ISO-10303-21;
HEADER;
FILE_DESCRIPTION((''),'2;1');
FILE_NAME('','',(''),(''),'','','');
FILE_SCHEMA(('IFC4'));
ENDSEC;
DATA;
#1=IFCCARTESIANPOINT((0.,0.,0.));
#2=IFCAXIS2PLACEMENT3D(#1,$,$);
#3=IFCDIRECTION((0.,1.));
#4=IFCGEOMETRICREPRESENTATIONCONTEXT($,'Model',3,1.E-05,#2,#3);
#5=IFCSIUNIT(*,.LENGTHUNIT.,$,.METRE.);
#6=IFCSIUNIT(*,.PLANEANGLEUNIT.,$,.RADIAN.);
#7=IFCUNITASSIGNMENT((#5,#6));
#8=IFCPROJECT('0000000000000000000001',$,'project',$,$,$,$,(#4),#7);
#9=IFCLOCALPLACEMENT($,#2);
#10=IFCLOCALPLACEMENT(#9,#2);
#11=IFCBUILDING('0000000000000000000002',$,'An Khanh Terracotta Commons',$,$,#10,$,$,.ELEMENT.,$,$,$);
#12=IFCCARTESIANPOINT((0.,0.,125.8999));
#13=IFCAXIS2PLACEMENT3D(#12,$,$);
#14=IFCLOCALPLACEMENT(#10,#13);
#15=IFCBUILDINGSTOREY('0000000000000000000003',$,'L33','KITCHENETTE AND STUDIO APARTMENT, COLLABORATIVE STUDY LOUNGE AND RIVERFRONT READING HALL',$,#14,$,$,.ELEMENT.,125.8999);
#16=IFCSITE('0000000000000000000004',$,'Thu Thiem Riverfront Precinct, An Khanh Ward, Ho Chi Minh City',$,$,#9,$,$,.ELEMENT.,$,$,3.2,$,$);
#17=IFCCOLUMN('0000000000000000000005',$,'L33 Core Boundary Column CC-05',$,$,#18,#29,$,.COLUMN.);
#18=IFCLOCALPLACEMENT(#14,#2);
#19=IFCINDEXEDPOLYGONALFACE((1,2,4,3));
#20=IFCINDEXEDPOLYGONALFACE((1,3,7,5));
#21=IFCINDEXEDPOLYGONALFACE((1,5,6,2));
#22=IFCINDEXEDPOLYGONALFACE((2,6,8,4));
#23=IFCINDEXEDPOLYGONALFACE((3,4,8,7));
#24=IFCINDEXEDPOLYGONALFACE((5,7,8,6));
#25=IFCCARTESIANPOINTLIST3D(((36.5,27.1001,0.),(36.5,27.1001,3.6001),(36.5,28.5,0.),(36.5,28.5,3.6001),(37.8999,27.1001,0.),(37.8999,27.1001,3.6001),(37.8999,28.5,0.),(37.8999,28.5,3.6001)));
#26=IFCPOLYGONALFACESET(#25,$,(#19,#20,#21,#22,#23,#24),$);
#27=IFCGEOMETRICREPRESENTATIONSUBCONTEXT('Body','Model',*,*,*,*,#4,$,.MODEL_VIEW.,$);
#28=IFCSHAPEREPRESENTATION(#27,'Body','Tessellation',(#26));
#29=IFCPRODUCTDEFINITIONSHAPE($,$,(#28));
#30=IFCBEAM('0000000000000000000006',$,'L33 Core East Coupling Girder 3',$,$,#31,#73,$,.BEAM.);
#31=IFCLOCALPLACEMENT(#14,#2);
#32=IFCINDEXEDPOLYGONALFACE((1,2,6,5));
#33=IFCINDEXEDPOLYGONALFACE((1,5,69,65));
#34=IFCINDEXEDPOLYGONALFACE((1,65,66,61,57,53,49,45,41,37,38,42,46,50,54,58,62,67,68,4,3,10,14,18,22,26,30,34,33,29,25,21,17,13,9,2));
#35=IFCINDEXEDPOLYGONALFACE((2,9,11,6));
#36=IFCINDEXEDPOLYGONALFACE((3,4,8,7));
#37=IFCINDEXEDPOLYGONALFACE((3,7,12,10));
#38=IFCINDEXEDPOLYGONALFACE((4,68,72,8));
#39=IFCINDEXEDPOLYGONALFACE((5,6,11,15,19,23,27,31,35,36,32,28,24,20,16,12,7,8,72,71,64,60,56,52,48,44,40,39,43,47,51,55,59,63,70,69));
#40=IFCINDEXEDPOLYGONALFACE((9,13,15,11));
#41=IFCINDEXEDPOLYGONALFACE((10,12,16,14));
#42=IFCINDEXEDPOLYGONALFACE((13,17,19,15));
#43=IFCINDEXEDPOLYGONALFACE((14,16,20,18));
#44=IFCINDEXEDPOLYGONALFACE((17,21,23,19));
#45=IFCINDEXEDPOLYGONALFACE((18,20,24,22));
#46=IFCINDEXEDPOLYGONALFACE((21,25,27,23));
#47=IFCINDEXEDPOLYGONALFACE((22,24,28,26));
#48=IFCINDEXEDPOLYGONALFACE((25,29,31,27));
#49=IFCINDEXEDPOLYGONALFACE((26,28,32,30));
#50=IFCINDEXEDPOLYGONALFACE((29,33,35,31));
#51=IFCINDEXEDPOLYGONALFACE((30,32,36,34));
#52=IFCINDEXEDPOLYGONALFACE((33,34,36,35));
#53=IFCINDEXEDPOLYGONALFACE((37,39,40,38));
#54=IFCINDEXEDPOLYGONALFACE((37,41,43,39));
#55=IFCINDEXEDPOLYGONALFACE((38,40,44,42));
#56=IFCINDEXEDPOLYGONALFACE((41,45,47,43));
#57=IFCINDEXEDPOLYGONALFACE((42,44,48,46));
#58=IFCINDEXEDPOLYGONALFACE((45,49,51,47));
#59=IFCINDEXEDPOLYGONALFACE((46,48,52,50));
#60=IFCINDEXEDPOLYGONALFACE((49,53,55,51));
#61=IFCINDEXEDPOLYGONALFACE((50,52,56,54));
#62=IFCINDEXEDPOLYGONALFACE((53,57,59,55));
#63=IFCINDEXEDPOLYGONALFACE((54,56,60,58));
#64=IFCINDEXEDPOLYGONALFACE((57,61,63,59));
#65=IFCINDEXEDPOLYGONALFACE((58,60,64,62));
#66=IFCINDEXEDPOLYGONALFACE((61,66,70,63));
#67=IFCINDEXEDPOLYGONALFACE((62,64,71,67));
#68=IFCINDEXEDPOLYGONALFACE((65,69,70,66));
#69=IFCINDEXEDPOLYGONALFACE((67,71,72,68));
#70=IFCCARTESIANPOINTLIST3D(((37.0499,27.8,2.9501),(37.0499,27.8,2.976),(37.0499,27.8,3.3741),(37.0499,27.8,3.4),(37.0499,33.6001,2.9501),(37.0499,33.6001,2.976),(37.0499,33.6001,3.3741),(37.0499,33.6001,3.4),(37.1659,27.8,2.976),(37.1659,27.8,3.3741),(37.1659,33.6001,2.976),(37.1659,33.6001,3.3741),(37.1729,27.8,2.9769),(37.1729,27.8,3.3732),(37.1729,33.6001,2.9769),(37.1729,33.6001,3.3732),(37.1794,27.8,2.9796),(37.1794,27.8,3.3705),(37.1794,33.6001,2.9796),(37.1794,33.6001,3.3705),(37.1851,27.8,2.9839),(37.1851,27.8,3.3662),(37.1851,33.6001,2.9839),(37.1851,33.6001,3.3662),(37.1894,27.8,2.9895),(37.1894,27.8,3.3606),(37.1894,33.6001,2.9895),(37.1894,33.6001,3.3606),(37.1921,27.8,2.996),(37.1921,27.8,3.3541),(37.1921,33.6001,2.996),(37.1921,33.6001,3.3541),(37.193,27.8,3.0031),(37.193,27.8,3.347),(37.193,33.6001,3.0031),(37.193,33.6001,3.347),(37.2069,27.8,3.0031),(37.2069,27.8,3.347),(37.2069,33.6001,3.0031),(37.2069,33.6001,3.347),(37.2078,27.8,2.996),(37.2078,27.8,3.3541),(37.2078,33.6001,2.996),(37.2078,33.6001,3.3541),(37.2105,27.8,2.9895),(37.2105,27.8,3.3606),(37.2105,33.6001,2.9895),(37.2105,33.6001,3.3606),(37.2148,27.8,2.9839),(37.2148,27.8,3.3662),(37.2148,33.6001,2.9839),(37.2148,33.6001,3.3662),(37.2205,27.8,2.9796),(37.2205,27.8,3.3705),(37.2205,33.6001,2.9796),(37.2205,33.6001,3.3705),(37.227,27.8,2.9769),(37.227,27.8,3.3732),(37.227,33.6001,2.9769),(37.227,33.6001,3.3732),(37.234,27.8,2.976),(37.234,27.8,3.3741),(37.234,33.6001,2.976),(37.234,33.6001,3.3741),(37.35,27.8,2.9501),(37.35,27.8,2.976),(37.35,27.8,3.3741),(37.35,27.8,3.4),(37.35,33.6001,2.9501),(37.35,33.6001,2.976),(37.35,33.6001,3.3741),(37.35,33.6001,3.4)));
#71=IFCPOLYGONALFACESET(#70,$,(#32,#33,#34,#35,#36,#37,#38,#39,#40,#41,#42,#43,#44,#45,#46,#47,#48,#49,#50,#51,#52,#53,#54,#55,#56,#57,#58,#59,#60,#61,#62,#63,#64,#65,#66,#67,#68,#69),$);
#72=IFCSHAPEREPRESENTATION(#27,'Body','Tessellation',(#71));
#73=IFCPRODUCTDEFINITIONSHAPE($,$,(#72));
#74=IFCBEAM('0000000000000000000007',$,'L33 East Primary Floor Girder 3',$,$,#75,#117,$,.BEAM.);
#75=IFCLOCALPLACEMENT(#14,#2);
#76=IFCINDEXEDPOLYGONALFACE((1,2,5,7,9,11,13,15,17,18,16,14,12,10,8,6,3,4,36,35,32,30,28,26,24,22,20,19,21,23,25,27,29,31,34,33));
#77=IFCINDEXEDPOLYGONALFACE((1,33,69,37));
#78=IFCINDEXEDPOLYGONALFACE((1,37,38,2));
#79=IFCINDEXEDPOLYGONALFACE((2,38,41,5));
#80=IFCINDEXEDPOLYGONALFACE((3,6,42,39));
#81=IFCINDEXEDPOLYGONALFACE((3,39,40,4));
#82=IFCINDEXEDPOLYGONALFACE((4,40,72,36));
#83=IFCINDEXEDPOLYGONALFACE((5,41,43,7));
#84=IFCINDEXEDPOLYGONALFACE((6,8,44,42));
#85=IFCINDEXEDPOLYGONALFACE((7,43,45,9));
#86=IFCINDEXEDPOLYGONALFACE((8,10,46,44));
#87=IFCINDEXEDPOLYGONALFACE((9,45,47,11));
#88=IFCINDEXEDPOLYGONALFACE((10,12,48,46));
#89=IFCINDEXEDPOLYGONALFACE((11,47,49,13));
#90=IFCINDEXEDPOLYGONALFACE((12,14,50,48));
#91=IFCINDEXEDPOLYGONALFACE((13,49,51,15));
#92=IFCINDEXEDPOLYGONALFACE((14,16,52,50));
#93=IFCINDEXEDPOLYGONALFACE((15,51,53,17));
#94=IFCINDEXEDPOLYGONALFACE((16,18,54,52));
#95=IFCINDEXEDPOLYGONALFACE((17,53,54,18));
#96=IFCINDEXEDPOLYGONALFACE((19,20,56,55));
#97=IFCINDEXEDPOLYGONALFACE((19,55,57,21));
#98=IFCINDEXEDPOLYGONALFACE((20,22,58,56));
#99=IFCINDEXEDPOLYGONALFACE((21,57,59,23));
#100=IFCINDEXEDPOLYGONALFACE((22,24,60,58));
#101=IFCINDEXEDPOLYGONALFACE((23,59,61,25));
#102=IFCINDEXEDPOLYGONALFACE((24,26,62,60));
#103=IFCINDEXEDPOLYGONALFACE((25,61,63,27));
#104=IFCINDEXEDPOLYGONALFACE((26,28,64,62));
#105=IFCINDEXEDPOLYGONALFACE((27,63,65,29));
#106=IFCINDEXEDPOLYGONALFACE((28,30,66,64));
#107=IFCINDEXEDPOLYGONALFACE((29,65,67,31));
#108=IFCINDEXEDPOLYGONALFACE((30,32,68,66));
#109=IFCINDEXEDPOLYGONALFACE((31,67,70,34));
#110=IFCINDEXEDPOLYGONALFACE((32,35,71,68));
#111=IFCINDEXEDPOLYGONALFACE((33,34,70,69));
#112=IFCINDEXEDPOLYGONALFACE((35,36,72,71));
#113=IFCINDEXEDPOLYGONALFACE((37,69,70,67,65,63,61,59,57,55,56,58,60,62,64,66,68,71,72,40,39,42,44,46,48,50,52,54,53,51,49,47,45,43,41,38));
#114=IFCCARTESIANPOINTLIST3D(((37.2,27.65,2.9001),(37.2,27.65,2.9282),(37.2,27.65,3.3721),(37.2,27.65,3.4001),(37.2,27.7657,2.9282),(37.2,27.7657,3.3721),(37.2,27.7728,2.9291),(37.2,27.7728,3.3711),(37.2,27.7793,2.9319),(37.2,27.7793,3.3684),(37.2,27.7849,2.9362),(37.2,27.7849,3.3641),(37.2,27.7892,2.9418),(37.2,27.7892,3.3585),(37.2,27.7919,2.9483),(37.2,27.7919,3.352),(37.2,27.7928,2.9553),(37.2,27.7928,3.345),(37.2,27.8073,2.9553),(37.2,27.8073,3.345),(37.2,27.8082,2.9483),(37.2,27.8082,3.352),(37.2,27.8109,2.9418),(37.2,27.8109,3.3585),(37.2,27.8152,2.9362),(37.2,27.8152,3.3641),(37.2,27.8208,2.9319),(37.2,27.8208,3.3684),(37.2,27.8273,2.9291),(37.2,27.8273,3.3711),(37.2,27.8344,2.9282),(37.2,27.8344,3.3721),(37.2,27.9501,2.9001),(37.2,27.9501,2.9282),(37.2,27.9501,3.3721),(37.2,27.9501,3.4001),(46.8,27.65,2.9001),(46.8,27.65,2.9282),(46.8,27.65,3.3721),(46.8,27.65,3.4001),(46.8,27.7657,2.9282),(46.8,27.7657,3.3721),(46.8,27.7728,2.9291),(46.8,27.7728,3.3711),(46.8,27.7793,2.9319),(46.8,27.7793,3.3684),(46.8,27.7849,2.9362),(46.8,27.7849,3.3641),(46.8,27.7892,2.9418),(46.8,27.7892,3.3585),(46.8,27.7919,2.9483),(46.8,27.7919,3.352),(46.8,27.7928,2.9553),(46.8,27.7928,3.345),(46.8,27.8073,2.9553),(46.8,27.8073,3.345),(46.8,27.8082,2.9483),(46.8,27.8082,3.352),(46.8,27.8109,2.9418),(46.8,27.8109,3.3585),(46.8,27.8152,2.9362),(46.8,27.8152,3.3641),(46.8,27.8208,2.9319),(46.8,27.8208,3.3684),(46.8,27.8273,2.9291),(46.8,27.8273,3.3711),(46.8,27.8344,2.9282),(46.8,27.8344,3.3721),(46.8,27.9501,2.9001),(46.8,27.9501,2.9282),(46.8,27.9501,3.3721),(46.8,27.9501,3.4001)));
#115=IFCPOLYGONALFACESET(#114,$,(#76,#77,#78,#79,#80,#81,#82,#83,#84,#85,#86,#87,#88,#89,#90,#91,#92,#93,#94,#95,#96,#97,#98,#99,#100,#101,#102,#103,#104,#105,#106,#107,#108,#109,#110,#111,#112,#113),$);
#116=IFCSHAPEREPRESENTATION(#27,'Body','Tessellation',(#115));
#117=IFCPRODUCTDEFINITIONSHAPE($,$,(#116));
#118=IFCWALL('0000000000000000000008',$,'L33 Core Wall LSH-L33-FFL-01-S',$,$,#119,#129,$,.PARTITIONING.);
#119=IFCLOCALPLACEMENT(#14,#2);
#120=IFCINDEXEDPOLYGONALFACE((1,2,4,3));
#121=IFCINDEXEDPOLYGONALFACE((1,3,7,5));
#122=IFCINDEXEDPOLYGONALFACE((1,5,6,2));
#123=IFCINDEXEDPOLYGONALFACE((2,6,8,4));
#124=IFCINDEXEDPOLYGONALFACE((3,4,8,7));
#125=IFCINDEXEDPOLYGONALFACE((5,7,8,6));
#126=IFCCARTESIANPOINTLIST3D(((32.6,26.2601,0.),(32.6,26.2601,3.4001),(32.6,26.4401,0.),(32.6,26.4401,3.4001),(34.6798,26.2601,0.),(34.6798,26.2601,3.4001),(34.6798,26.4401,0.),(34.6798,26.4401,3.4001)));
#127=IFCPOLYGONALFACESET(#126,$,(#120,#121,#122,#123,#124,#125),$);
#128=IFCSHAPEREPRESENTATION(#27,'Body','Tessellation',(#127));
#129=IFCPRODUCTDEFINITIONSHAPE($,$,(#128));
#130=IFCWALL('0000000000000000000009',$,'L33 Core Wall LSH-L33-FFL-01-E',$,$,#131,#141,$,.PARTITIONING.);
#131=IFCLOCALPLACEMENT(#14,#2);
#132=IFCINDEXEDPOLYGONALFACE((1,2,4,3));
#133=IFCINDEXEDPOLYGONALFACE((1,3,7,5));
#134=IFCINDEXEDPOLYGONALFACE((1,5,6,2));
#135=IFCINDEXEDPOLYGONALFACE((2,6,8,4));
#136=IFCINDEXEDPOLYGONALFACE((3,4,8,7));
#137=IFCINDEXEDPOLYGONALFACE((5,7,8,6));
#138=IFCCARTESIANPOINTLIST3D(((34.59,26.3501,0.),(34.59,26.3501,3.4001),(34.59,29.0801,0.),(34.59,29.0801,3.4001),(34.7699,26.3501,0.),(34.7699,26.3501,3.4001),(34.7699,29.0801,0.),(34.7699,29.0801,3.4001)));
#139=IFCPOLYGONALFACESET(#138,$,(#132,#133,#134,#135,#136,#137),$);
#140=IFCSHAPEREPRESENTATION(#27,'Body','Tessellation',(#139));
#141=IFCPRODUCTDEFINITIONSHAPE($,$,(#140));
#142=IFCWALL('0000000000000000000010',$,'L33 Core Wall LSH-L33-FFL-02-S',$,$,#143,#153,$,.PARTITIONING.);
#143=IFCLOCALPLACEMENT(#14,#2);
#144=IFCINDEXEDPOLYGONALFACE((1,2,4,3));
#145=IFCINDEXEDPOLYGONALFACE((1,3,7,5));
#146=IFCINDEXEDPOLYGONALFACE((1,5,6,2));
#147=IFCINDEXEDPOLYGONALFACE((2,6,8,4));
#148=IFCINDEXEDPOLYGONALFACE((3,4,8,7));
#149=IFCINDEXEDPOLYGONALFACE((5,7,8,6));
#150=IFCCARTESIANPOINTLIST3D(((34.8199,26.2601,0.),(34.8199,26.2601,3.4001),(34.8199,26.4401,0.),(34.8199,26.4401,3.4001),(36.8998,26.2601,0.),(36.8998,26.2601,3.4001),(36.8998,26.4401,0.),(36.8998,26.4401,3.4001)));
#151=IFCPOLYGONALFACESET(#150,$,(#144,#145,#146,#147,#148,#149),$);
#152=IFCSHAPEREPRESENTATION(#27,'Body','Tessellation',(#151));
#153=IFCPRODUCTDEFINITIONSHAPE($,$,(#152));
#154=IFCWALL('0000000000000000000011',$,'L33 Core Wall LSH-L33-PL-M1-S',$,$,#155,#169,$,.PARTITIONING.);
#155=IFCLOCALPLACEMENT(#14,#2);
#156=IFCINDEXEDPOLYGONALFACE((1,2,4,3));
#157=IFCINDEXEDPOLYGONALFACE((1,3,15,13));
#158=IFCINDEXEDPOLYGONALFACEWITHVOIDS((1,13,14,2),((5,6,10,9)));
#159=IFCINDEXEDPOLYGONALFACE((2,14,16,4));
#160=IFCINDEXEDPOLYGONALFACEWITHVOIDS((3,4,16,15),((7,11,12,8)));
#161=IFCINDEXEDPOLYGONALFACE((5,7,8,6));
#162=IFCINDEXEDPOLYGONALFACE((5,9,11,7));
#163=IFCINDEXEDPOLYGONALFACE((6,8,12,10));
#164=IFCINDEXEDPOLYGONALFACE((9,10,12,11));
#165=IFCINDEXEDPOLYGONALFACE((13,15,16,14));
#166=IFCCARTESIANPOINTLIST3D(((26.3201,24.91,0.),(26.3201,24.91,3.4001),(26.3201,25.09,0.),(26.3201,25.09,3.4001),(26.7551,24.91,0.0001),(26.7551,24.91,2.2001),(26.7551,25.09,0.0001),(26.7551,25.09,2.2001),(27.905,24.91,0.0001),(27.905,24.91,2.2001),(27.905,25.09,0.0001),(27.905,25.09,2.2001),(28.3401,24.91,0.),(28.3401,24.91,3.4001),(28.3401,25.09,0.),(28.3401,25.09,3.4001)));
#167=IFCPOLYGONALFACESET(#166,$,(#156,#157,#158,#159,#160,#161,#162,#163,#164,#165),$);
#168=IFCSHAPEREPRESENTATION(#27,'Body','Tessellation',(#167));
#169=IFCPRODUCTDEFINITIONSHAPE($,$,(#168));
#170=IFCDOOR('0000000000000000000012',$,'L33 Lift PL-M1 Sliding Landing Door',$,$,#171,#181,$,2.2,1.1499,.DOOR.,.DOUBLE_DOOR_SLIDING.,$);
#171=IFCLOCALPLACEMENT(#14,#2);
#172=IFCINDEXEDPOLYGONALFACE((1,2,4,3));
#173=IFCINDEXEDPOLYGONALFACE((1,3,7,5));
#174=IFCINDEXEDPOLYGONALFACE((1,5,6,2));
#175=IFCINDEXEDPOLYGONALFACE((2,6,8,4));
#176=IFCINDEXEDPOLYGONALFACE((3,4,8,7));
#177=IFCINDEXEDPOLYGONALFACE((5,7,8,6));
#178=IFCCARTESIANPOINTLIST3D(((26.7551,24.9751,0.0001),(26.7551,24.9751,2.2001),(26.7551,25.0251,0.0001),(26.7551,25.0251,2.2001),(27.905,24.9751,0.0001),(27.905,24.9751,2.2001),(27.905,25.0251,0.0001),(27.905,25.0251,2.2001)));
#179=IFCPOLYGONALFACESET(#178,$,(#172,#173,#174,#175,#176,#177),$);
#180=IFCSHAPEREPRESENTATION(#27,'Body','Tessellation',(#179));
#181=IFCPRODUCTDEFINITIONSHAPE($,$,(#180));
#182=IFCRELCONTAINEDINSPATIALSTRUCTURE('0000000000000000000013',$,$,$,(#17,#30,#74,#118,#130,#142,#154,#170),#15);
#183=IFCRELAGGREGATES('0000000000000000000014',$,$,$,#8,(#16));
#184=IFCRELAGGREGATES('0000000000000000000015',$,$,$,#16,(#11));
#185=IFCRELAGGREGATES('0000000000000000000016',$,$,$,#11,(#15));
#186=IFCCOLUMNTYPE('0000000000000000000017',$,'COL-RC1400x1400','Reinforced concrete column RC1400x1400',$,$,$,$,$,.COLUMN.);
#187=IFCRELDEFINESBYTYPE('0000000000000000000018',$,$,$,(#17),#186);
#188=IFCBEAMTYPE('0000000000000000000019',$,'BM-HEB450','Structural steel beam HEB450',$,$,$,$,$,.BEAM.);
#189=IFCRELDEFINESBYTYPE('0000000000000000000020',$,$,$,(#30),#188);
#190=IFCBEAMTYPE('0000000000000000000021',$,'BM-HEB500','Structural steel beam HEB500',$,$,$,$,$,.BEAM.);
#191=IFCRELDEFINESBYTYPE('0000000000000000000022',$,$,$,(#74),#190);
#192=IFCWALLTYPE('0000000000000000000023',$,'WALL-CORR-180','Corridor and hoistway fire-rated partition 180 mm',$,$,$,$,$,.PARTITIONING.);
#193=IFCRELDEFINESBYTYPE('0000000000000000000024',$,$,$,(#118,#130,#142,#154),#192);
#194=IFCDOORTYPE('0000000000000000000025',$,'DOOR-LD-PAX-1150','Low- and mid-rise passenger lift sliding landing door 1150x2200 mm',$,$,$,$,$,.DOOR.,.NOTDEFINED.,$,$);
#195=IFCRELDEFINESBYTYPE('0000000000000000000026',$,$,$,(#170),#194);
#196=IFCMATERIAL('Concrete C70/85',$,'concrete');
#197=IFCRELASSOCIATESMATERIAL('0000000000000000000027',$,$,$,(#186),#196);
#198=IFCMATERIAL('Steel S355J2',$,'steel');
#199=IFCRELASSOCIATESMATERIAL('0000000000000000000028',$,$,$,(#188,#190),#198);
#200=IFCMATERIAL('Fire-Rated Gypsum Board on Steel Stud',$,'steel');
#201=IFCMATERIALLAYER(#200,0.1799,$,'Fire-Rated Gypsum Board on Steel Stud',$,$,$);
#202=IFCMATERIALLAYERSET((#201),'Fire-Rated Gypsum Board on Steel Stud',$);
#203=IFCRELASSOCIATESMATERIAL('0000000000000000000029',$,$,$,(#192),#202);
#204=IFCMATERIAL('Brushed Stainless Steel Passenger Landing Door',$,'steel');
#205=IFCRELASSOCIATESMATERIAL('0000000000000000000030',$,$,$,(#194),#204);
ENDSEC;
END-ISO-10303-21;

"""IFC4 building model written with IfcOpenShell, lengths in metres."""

from ifc_helpers import new_model, si_unit, direction, frame, frame_2d, origin, origin_2d, place, context, subcontext, project, spatial, rectangle, i_section, extrude, material, layer, layer_set, material_profile, profile_set, type_object, element, fill, save


model = new_model("IFC4")

# Units and contexts
model_context = context("Model", 3, precision=1e-05, world=origin(), true_north=direction((0.0, 1.0)))
body_context = subcontext(model_context, "Body", "Model", "MODEL_VIEW")
ifc_project = project(units=[si_unit("LENGTHUNIT", "METRE"), si_unit("PLANEANGLEUNIT", "RADIAN")], contexts=[model_context])

# Site, building, storey
site_placement = place(None, origin())
site = spatial("IfcSite", under=ifc_project, at=site_placement, Name="Thu Thiem Riverfront Precinct, An Khanh Ward, Ho Chi Minh City", CompositionType="ELEMENT", RefElevation=3.2)
building_placement = place(site_placement, origin())
building = spatial("IfcBuilding", under=site, at=building_placement, Name="An Khanh Terracotta Commons", CompositionType="ELEMENT")
storey_placement = place(building_placement, frame((0.0, 0.0, 125.8999)))
storey = spatial("IfcBuildingStorey", under=building, at=storey_placement, Name="L33", Description="KITCHENETTE AND STUDIO APARTMENT, COLLABORATIVE STUDY LOUNGE AND RIVERFRONT READING HALL", CompositionType="ELEMENT", Elevation=125.8999)

# Column
ifc_material_1 = material(Name="Concrete C70/85", Category="concrete")
ifc_material_profile_1 = material_profile(ifc_material_1, rectangle(XDim=1.3999, YDim=1.3999, at=origin_2d()), Name="RC1400x1400")
ifc_profile_set_1 = profile_set([ifc_material_profile_1], Name="Concrete C70/85")
column_type = type_object("IfcColumnType", Name="COL-RC1400x1400", Description="Reinforced concrete column RC1400x1400", PredefinedType="COLUMN", material=ifc_profile_set_1)
column_placement = place(storey_placement, frame((37.2, 27.8, 0.0), z_axis=(0.0, 0.0, 1.0), x_axis=(1.0, 0.0, 0.0)))
element("IfcColumn", 1, at=column_placement, inside=storey, type_object=column_type, Name="L33 Core Boundary Column CC-05", PredefinedType="COLUMN", context=body_context, shape_type="SweptSolid", body=[
    extrude(rectangle(XDim=1.3999, YDim=1.3999, at=origin_2d()), origin(), (0.0, 0.0, 1.0), 3.6001),
])

# Beams
ifc_material_2 = material(Name="Steel S355J2", Category="steel")
ifc_material_profile_2 = material_profile(ifc_material_2, i_section(OverallWidth=0.3, OverallDepth=0.45, WebThickness=0.0139, FlangeThickness=0.0259, FilletRadius=0.0271, at=origin_2d()), Name="HEB450")
ifc_profile_set_2 = profile_set([ifc_material_profile_2], Name="Steel S355J2")
beam_type_1 = type_object("IfcBeamType", Name="BM-HEB450", Description="Structural steel beam HEB450", PredefinedType="BEAM", material=ifc_profile_set_2)
beam_1_placement = place(storey_placement, frame((37.2, 27.8, 3.175), z_axis=(0.0, 1.0, 0.0), x_axis=(-1.0, 0.0, 0.0)))
element("IfcBeam", 2, at=beam_1_placement, inside=storey, type_object=beam_type_1, Name="L33 Core East Coupling Girder 3", PredefinedType="BEAM", context=body_context, shape_type="SweptSolid", body=[
    extrude(i_section(OverallWidth=0.3, OverallDepth=0.45, WebThickness=0.0139, FlangeThickness=0.0259, FilletRadius=0.0271, at=origin_2d()), origin(), (0.0, 0.0, 1.0), 5.8),
])
ifc_material_profile_3 = material_profile(ifc_material_2, i_section(OverallWidth=0.3, OverallDepth=0.5, WebThickness=0.0144, FlangeThickness=0.0281, FilletRadius=0.0271, at=origin_2d()), Name="HEB500")
ifc_profile_set_3 = profile_set([ifc_material_profile_3], Name="Steel S355J2")
beam_type_2 = type_object("IfcBeamType", Name="BM-HEB500", Description="Structural steel beam HEB500", PredefinedType="BEAM", material=ifc_profile_set_3)
beam_2_placement = place(storey_placement, frame((37.2, 27.8, 3.1501), z_axis=(1.0, 0.0, 0.0), x_axis=(0.0, 1.0, 0.0)))
element("IfcBeam", 3, at=beam_2_placement, inside=storey, type_object=beam_type_2, Name="L33 East Primary Floor Girder 3", PredefinedType="BEAM", context=body_context, shape_type="SweptSolid", body=[
    extrude(i_section(OverallWidth=0.3, OverallDepth=0.5, WebThickness=0.0144, FlangeThickness=0.0281, FilletRadius=0.0271, at=origin_2d()), origin(), (0.0, 0.0, 1.0), 9.6001),
])

# Walls
ifc_material_3 = material(Name="Fire-Rated Gypsum Board on Steel Stud", Category="steel")
ifc_layer_1 = layer(ifc_material_3, 0.1799, Name="Fire-Rated Gypsum Board on Steel Stud")
ifc_layer_set_1 = layer_set([ifc_layer_1], Name="Fire-Rated Gypsum Board on Steel Stud")
wall_type_1 = type_object("IfcWallType", Name="WALL-CORR-180", Description="Corridor and hoistway fire-rated partition 180 mm", PredefinedType="PARTITIONING", material=ifc_layer_set_1)
wall_1_placement = place(storey_placement, frame((34.6799, 26.3501, 0.0), z_axis=(0.0, 0.0, 1.0), x_axis=(-1.0, 0.0, 0.0)))
element("IfcWall", 4, at=wall_1_placement, inside=storey, type_object=wall_type_1, Name="L33 Core Wall LSH-L33-FFL-01-S", PredefinedType="PARTITIONING", context=body_context, shape_type="SweptSolid", body=[
    extrude(rectangle(XDim=2.0798, YDim=0.1799, at=frame_2d((1.04, 0.0))), origin(), (0.0, 0.0, 1.0), 3.4001),
])
wall_2_placement = place(storey_placement, frame((34.6799, 26.3501, 0.0), z_axis=(0.0, 0.0, 1.0), x_axis=(0.0, 1.0, 0.0)))
element("IfcWall", 5, at=wall_2_placement, inside=storey, type_object=wall_type_1, Name="L33 Core Wall LSH-L33-FFL-01-E", PredefinedType="PARTITIONING", context=body_context, shape_type="SweptSolid", body=[
    extrude(rectangle(XDim=2.73, YDim=0.1799, at=frame_2d((1.365, 0.0))), origin(), (0.0, 0.0, 1.0), 3.4001),
])
wall_3_placement = place(storey_placement, frame((36.8999, 26.3501, 0.0), z_axis=(0.0, 0.0, 1.0), x_axis=(-1.0, 0.0, 0.0)))
element("IfcWall", 6, at=wall_3_placement, inside=storey, type_object=wall_type_1, Name="L33 Core Wall LSH-L33-FFL-02-S", PredefinedType="PARTITIONING", context=body_context, shape_type="SweptSolid", body=[
    extrude(rectangle(XDim=2.0798, YDim=0.1799, at=frame_2d((1.04, 0.0))), origin(), (0.0, 0.0, 1.0), 3.4001),
])

# Wall, opening, door
wall_4_placement = place(storey_placement, frame((28.3401, 25.0, 0.0), z_axis=(0.0, 0.0, 1.0), x_axis=(-1.0, 0.0, 0.0)))
wall_4 = element("IfcWall", 7, at=wall_4_placement, inside=storey, type_object=wall_type_1, Name="L33 Core Wall LSH-L33-PL-M1-S", PredefinedType="PARTITIONING", context=body_context, shape_type="SweptSolid", body=[
    extrude(rectangle(XDim=2.02, YDim=0.1799, at=frame_2d((1.01, 0.0))), origin(), (0.0, 0.0, 1.0), 3.4001),
])
opening_1_placement = place(wall_4_placement, frame((0.4351, 0.0, 0.0)))
opening_1 = element("IfcOpeningElement", 8, at=opening_1_placement, cuts=wall_4, PredefinedType="OPENING", context=body_context, shape_type="SweptSolid", body=[
    extrude(rectangle(XDim=1.1499, YDim=2.2, at=frame_2d((0.575, 1.1001))), frame((0.0, 0.0999, 0.0), z_axis=(0.0, -1.0, 0.0), x_axis=(1.0, 0.0, 0.0)), (0.0, 0.0, 1.0), 0.2),
])
ifc_material_4 = material(Name="Brushed Stainless Steel Passenger Landing Door", Category="steel")
door_type = type_object("IfcDoorType", Name="DOOR-LD-PAX-1150", Description="Low- and mid-rise passenger lift sliding landing door 1150x2200 mm", OperationType="NOTDEFINED", PredefinedType="DOOR", material=ifc_material_4)
door_1_placement = place(opening_1_placement, origin())
door_1 = element("IfcDoor", 9, at=door_1_placement, inside=storey, type_object=door_type, Name="L33 Lift PL-M1 Sliding Landing Door", OperationType="DOUBLE_DOOR_SLIDING", OverallHeight=2.2, OverallWidth=1.1499, PredefinedType="DOOR", context=body_context, shape_type="SweptSolid", body=[
    extrude(rectangle(XDim=1.1499, YDim=2.2, at=frame_2d((0.575, 1.1001))), frame((0.0, 0.0249, 0.0), z_axis=(0.0, -1.0, 0.0), x_axis=(1.0, 0.0, 0.0)), (0.0, 0.0, 1.0), 0.05),
])
fill(opening_1, door_1)

save(model, "model.ifc")
